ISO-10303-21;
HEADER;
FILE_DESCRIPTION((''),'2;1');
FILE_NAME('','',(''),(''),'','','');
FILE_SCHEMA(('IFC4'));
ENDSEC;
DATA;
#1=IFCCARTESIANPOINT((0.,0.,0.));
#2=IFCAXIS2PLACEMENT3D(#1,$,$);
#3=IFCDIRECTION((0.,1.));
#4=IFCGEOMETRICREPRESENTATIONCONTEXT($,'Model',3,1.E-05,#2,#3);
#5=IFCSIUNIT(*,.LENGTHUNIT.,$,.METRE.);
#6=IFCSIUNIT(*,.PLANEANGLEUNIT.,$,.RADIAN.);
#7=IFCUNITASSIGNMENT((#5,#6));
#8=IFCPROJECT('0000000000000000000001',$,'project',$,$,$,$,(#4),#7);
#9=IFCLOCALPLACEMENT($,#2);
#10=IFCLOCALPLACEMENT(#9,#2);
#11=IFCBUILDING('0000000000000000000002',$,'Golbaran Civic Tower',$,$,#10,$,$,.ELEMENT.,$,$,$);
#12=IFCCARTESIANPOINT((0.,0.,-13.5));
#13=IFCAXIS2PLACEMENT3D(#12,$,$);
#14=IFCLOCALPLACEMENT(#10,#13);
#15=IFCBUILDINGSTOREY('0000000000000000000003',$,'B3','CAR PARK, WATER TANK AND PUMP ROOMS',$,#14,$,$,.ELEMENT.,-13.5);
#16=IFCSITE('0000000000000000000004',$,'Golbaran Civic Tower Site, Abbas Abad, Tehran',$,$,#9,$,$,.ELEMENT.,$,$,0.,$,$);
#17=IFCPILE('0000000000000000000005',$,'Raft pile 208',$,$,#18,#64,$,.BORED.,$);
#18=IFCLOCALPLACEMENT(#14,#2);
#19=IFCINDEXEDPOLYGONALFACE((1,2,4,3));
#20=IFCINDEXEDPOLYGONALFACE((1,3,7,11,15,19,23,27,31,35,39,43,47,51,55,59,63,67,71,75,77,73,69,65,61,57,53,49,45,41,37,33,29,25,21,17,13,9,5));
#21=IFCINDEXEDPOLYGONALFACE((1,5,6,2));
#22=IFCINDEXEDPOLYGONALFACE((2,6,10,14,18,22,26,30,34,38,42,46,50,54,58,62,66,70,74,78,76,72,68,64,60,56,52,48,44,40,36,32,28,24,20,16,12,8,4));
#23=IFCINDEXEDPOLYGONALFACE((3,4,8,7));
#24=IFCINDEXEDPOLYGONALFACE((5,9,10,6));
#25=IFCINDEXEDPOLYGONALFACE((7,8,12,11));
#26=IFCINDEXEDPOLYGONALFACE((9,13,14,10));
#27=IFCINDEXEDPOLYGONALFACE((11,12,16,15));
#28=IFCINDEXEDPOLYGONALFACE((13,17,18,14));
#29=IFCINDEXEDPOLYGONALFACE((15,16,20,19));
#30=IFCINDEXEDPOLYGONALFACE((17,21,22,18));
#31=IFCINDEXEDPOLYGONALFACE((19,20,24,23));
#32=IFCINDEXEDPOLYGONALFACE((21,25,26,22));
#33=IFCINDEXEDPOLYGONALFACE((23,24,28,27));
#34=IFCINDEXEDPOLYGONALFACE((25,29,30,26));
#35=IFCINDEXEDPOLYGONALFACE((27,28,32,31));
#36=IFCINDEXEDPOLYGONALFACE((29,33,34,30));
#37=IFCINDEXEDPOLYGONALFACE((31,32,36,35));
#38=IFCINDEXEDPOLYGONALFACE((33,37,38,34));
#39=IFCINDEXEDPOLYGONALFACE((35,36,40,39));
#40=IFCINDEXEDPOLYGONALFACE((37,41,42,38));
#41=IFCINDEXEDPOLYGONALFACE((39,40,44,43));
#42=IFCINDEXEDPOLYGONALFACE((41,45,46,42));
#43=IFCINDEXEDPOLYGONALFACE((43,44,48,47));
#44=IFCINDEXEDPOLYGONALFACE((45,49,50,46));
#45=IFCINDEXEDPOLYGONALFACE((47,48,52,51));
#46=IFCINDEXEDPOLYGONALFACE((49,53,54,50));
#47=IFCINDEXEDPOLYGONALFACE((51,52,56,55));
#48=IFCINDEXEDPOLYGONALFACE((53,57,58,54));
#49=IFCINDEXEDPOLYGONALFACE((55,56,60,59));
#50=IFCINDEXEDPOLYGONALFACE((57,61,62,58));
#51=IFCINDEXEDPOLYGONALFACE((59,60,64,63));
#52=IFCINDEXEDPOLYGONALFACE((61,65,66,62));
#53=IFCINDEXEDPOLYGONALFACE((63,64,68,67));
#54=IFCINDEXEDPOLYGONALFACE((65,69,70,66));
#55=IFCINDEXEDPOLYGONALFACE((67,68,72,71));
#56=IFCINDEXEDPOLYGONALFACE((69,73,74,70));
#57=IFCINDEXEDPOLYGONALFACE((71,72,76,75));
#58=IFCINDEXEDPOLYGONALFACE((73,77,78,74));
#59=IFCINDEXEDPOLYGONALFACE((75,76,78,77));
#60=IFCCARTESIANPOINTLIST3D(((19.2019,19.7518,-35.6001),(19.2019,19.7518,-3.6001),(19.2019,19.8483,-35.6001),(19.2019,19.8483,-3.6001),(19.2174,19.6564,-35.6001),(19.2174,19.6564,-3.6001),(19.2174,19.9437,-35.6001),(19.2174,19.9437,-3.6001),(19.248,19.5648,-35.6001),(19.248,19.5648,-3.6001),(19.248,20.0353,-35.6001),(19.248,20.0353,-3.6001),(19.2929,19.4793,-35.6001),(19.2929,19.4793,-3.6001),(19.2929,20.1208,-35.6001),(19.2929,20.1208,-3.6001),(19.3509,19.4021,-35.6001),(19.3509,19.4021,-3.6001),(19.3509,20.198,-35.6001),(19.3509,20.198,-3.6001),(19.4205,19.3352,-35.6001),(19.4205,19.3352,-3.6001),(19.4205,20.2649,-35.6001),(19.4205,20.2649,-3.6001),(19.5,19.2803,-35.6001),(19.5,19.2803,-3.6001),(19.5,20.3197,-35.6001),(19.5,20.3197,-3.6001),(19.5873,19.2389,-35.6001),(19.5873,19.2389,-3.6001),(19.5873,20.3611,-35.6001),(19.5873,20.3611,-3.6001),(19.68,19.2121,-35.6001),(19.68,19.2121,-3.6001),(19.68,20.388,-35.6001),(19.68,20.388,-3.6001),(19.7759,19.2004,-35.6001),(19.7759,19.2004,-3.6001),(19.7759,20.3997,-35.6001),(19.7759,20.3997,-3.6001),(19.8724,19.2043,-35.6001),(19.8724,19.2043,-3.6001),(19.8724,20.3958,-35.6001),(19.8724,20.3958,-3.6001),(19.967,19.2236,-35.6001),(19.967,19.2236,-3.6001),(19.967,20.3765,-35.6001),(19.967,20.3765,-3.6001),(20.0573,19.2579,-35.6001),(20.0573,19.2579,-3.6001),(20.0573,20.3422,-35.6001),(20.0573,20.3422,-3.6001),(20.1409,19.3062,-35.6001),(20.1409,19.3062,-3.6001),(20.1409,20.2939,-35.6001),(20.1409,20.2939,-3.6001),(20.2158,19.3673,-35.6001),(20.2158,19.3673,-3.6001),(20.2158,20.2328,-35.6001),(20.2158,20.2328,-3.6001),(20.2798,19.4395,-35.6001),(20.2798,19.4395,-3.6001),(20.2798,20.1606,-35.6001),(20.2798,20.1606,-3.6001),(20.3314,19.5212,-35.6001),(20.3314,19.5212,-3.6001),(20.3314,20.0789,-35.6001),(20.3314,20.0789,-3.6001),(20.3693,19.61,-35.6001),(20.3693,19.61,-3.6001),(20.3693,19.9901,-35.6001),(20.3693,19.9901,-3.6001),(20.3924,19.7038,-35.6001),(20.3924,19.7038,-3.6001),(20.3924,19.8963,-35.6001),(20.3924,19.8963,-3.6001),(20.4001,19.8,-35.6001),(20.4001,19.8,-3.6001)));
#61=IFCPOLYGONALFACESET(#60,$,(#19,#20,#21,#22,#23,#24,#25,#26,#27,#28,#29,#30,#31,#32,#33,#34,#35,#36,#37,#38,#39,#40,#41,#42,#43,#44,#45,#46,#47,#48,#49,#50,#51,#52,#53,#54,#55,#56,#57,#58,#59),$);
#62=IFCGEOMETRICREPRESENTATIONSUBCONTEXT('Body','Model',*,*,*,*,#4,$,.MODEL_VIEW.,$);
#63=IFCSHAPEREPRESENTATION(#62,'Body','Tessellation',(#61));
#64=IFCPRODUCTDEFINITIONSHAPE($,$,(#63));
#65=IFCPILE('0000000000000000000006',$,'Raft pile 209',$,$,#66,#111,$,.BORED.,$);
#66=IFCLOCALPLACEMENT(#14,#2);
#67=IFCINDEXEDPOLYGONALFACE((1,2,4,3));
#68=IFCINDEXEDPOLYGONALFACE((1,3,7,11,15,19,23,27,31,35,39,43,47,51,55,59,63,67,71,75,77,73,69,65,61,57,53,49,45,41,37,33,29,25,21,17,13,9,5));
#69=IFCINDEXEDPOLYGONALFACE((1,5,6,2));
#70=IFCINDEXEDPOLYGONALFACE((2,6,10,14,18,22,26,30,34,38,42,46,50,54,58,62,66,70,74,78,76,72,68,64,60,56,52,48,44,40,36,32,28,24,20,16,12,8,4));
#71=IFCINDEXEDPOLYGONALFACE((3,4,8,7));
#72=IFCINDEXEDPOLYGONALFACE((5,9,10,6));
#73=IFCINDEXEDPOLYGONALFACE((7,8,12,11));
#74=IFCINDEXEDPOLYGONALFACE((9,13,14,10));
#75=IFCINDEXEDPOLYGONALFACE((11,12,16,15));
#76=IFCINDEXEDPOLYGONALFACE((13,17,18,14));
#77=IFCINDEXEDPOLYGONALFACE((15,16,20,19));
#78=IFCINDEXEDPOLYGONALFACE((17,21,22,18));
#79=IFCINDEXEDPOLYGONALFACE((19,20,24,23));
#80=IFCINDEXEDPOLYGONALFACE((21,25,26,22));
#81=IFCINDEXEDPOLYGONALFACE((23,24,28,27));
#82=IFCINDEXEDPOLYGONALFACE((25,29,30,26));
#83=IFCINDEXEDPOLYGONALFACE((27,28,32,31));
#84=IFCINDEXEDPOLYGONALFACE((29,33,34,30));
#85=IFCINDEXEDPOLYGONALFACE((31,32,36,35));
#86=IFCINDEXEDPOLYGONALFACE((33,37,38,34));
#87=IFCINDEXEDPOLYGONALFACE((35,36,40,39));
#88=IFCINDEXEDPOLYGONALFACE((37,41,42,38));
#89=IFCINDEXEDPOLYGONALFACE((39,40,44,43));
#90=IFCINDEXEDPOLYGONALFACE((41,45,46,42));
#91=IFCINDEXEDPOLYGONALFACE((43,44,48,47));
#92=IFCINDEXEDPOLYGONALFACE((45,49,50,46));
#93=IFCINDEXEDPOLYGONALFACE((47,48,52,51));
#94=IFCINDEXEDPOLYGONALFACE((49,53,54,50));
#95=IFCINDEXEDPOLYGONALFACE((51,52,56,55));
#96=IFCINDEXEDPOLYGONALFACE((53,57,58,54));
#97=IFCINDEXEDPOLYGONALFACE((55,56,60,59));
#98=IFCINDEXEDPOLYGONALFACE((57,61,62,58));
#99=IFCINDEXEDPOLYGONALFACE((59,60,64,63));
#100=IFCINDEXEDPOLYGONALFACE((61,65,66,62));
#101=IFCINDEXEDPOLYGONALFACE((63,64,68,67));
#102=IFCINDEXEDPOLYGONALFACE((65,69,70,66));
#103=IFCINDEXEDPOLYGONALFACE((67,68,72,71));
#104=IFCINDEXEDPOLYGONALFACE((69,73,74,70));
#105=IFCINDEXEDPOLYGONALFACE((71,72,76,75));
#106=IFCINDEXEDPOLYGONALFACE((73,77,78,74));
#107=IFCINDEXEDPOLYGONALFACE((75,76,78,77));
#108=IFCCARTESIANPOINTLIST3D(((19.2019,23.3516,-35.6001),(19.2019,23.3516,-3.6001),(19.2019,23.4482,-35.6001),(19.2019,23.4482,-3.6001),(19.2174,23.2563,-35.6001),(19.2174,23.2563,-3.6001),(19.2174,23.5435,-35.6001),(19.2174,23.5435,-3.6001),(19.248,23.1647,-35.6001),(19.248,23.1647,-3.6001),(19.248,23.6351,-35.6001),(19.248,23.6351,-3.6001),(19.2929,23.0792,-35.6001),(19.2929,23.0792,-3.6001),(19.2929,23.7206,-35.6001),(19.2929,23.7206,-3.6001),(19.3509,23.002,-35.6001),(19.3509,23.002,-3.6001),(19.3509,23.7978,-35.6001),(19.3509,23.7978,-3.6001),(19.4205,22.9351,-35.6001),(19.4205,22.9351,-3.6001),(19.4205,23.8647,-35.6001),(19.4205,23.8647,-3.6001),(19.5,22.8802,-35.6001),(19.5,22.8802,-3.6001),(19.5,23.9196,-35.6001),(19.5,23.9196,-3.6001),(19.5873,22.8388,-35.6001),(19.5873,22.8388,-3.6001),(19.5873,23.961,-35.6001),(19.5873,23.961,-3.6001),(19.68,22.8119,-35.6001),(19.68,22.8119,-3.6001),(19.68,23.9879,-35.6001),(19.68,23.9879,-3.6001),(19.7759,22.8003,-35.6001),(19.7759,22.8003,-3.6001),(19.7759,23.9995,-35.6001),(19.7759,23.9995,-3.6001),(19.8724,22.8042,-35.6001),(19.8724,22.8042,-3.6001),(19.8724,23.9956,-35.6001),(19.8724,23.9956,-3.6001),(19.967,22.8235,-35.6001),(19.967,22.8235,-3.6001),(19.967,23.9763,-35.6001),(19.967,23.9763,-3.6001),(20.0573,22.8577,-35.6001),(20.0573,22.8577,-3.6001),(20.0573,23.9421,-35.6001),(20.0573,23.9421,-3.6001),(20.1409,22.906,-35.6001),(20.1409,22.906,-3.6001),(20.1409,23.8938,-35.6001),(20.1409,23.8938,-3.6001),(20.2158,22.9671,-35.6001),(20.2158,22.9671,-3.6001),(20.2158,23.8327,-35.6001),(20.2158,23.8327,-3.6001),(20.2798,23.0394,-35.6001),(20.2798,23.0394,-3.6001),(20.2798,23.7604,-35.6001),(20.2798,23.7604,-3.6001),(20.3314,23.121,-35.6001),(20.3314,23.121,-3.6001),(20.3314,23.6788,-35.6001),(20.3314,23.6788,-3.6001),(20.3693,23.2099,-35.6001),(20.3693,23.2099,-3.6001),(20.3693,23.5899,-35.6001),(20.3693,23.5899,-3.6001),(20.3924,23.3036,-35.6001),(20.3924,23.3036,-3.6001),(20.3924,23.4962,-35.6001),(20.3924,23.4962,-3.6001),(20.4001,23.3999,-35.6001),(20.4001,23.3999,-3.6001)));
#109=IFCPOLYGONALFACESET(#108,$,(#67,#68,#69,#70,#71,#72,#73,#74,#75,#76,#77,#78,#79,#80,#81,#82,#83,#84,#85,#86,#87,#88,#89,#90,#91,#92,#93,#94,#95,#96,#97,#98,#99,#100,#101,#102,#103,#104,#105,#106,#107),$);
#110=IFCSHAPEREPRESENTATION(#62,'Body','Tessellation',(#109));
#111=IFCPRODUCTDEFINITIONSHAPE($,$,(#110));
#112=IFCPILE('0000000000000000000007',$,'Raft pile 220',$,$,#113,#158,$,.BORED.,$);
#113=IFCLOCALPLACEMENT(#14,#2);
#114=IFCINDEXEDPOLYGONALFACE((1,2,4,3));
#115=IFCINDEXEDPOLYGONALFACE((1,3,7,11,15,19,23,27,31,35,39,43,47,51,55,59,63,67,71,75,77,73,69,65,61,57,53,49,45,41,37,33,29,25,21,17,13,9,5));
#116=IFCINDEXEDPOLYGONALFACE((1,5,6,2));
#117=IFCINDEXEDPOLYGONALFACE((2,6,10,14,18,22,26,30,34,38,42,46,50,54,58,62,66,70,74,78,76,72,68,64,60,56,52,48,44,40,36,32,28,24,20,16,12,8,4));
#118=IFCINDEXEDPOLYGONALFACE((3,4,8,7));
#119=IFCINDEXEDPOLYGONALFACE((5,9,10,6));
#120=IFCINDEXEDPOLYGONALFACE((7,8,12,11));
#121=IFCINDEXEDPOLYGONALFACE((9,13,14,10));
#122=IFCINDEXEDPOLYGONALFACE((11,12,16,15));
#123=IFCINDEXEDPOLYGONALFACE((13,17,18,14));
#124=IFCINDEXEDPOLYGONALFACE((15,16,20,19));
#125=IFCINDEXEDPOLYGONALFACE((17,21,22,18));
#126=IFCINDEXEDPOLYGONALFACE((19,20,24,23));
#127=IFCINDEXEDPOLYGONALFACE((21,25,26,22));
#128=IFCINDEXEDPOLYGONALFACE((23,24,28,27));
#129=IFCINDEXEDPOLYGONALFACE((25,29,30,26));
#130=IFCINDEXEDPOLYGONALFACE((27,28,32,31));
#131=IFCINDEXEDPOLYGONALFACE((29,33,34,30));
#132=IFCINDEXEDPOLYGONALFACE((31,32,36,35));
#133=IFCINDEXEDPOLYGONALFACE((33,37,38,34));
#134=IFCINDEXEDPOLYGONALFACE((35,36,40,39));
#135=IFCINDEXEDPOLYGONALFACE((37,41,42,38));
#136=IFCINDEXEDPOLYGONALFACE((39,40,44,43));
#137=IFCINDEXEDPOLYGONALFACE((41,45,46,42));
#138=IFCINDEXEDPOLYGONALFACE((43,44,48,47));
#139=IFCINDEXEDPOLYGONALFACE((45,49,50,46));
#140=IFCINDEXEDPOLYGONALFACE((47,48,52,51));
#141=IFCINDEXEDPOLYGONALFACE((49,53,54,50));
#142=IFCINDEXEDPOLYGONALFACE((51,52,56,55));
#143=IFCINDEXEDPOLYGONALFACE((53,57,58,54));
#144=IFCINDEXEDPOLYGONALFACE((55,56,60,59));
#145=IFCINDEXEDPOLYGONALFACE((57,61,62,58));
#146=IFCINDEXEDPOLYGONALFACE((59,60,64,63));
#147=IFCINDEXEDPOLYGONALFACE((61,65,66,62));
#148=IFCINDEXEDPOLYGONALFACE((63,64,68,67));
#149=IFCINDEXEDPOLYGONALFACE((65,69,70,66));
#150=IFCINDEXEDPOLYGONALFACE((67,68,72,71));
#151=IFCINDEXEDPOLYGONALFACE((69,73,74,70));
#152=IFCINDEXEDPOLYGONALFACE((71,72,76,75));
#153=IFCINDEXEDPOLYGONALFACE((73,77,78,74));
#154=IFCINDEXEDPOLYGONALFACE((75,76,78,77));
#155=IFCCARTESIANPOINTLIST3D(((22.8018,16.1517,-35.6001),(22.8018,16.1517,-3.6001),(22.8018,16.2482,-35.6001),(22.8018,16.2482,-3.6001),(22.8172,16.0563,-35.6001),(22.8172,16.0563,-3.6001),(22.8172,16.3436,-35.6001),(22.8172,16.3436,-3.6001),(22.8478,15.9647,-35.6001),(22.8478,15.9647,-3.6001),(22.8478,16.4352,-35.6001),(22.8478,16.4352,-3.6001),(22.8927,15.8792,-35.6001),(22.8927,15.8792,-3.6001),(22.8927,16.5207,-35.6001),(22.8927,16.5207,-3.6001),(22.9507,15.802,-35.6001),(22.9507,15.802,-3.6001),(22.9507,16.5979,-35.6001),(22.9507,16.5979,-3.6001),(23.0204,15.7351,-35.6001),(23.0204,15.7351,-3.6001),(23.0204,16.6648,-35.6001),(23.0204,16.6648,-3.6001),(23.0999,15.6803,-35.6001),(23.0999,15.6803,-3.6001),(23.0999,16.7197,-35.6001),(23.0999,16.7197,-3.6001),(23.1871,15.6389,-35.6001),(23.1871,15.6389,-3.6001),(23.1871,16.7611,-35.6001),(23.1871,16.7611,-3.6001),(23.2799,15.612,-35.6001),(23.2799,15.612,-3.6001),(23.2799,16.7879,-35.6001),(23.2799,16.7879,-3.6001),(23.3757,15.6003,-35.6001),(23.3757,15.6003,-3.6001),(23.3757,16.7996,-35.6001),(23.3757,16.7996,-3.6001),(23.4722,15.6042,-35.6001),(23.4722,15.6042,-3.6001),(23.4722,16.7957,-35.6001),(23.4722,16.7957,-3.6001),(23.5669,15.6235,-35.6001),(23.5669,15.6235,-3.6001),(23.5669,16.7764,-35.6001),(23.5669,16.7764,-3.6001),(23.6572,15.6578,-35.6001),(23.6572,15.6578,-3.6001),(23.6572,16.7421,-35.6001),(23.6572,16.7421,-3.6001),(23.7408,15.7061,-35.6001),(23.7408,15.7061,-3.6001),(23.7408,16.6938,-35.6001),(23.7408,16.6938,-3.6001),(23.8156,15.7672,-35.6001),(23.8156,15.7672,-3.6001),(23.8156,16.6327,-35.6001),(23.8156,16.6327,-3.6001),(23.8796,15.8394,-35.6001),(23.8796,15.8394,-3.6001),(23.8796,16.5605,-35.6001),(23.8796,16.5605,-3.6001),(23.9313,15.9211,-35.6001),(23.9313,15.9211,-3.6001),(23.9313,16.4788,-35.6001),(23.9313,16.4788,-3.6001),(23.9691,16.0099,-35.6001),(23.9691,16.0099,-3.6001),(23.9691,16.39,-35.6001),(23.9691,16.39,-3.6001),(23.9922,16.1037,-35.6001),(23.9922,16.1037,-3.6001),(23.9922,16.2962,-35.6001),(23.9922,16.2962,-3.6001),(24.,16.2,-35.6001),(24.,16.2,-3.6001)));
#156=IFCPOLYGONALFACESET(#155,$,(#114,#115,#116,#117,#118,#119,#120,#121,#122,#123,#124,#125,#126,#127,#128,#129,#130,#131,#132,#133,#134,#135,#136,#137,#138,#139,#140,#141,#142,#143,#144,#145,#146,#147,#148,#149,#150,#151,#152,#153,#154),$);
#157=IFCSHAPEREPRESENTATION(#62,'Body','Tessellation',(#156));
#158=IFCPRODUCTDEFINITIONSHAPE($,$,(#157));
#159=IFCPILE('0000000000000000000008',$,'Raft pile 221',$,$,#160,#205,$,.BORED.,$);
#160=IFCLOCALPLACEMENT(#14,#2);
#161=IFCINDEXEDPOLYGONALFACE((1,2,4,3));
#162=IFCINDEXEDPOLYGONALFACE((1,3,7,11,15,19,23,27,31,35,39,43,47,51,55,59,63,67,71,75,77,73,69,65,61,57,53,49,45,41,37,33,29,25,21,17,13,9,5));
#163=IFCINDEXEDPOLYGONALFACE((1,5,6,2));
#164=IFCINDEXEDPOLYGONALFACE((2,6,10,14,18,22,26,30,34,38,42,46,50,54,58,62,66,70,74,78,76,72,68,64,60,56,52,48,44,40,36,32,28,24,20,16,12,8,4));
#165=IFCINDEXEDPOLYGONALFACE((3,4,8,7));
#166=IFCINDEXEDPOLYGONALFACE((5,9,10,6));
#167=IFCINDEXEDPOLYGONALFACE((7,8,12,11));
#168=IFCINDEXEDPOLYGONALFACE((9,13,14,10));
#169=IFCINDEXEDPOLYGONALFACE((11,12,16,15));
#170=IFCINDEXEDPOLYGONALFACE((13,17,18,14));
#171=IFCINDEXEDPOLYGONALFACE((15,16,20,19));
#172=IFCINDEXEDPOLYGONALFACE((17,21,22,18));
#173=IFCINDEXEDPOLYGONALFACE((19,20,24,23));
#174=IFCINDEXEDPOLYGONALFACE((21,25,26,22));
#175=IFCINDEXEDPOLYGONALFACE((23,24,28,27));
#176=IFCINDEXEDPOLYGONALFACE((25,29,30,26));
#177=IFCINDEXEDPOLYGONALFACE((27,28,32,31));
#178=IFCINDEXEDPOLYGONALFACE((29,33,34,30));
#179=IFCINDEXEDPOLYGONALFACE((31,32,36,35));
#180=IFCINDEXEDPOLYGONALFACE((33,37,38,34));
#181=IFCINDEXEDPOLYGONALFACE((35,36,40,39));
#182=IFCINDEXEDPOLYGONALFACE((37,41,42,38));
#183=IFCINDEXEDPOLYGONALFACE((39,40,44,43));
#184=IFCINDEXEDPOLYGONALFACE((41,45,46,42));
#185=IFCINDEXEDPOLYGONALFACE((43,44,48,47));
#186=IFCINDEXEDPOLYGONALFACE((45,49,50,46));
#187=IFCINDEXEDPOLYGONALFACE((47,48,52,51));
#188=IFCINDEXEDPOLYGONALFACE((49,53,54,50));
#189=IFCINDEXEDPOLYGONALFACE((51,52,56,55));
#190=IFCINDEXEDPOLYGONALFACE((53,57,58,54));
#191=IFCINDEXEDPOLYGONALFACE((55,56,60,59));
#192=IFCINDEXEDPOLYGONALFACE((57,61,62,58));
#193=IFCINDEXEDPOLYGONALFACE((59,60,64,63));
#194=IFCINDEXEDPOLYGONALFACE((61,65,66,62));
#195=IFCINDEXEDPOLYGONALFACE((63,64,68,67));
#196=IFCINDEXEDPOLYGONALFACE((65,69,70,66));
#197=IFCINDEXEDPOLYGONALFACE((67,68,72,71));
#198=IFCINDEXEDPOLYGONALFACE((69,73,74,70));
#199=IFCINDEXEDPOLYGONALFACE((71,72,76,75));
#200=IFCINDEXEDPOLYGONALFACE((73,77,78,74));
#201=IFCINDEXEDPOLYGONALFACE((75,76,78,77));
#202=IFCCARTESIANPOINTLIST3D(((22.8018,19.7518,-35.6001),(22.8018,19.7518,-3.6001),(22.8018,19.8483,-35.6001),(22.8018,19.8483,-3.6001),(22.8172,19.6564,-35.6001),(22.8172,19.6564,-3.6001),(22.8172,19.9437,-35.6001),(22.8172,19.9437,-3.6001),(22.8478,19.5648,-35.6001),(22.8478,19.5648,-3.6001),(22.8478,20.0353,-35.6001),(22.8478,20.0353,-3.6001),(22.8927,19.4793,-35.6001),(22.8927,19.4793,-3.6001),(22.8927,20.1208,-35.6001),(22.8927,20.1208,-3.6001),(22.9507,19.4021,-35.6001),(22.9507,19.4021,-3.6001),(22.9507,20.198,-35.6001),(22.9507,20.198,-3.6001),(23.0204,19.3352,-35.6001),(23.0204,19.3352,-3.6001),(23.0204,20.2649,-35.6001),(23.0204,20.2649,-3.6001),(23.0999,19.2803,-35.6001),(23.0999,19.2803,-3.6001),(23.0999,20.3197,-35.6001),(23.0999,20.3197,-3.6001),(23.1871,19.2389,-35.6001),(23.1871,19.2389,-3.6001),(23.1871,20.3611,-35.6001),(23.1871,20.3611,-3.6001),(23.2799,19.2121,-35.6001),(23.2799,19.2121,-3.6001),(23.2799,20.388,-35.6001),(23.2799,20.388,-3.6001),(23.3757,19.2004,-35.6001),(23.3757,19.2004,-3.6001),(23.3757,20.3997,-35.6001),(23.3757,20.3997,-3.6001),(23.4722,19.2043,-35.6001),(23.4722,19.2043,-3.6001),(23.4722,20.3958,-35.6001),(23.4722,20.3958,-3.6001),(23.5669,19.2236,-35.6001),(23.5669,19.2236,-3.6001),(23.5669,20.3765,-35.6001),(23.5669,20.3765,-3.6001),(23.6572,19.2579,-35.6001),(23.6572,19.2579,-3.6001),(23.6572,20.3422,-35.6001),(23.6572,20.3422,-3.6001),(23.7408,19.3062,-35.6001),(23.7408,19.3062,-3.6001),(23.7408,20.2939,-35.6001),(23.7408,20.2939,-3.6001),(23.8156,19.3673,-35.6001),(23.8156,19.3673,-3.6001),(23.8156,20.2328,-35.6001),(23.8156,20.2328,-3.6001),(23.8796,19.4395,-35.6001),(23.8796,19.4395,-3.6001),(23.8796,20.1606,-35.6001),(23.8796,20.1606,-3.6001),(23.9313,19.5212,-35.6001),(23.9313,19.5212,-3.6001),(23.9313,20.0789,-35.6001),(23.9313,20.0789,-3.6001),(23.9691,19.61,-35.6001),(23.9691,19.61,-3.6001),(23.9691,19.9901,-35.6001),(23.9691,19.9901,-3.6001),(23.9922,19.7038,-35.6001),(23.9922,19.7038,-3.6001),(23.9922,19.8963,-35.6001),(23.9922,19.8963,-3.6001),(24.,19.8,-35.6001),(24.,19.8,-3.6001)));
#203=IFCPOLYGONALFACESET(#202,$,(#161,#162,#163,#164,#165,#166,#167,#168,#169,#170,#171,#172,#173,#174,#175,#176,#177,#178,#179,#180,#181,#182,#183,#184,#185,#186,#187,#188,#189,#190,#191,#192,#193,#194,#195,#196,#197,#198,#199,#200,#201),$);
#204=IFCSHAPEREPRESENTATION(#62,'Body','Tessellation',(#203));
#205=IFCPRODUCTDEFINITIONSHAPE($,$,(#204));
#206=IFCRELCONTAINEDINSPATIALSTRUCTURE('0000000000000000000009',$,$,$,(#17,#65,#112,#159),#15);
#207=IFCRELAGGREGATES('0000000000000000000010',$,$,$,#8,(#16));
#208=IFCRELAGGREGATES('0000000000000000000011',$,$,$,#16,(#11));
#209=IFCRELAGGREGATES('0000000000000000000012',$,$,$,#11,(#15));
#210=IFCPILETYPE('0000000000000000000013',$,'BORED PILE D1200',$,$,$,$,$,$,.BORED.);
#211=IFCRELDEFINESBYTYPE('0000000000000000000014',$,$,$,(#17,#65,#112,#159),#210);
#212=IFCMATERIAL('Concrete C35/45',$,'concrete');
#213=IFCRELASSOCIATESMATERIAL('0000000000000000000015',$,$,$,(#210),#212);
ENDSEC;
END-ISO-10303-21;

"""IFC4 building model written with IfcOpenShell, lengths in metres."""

from ifc_helpers import new_model, si_unit, direction, frame, origin, origin_2d, place, context, subcontext, project, spatial, circle, extrude, material, material_profile, profile_set, type_object, element, save


model = new_model("IFC4")

# Units and contexts
model_context = context("Model", 3, precision=1e-05, world=origin(), true_north=direction((0.0, 1.0)))
body_context = subcontext(model_context, "Body", "Model", "MODEL_VIEW")
ifc_project = project(units=[si_unit("LENGTHUNIT", "METRE"), si_unit("PLANEANGLEUNIT", "RADIAN")], contexts=[model_context])

# Site, building, storey
site_placement = place(None, origin())
site = spatial("IfcSite", under=ifc_project, at=site_placement, Name="Golbaran Civic Tower Site, Abbas Abad, Tehran", CompositionType="ELEMENT", RefElevation=0.0)
building_placement = place(site_placement, origin())
building = spatial("IfcBuilding", under=site, at=building_placement, Name="Golbaran Civic Tower", CompositionType="ELEMENT")
storey_placement = place(building_placement, frame((0.0, 0.0, -13.5)))
storey = spatial("IfcBuildingStorey", under=building, at=storey_placement, Name="B3", Description="CAR PARK, WATER TANK AND PUMP ROOMS", CompositionType="ELEMENT", Elevation=-13.5)

# Piles
ifc_material_1 = material(Name="Concrete C35/45", Category="concrete")
ifc_material_profile_1 = material_profile(ifc_material_1, circle(Radius=0.6001, at=origin_2d()), Name="BORED PILE D1200")
ifc_profile_set_1 = profile_set([ifc_material_profile_1], Name="Concrete C35/45")
pile_type_1 = type_object("IfcPileType", Name="BORED PILE D1200", PredefinedType="BORED", material=ifc_profile_set_1)
for number, where, z_axis, x_axis, name in (
    (1, (19.8, 19.8, -3.6001), (0.0, 0.0, -1.0), (1.0, 0.0, 0.0), "Raft pile 208"),
    (2, (19.8, 23.3999, -3.6001), (0.0, 0.0, -1.0), (1.0, 0.0, 0.0), "Raft pile 209"),
    (3, (23.3999, 16.2, -3.6001), (0.0, 0.0, -1.0), (1.0, 0.0, 0.0), "Raft pile 220"),
    (4, (23.3999, 19.8, -3.6001), (0.0, 0.0, -1.0), (1.0, 0.0, 0.0), "Raft pile 221"),
):
    element("IfcPile", number, at=place(storey_placement, frame(where, z_axis=z_axis, x_axis=x_axis)), inside=storey, type_object=pile_type_1, Name=name, PredefinedType="BORED", context=body_context, shape_type="SweptSolid", body=[
        extrude(circle(Radius=0.6001, at=origin_2d()), origin(), (0.0, 0.0, 1.0), 32.0),
    ])

save(model, "model.ifc")
